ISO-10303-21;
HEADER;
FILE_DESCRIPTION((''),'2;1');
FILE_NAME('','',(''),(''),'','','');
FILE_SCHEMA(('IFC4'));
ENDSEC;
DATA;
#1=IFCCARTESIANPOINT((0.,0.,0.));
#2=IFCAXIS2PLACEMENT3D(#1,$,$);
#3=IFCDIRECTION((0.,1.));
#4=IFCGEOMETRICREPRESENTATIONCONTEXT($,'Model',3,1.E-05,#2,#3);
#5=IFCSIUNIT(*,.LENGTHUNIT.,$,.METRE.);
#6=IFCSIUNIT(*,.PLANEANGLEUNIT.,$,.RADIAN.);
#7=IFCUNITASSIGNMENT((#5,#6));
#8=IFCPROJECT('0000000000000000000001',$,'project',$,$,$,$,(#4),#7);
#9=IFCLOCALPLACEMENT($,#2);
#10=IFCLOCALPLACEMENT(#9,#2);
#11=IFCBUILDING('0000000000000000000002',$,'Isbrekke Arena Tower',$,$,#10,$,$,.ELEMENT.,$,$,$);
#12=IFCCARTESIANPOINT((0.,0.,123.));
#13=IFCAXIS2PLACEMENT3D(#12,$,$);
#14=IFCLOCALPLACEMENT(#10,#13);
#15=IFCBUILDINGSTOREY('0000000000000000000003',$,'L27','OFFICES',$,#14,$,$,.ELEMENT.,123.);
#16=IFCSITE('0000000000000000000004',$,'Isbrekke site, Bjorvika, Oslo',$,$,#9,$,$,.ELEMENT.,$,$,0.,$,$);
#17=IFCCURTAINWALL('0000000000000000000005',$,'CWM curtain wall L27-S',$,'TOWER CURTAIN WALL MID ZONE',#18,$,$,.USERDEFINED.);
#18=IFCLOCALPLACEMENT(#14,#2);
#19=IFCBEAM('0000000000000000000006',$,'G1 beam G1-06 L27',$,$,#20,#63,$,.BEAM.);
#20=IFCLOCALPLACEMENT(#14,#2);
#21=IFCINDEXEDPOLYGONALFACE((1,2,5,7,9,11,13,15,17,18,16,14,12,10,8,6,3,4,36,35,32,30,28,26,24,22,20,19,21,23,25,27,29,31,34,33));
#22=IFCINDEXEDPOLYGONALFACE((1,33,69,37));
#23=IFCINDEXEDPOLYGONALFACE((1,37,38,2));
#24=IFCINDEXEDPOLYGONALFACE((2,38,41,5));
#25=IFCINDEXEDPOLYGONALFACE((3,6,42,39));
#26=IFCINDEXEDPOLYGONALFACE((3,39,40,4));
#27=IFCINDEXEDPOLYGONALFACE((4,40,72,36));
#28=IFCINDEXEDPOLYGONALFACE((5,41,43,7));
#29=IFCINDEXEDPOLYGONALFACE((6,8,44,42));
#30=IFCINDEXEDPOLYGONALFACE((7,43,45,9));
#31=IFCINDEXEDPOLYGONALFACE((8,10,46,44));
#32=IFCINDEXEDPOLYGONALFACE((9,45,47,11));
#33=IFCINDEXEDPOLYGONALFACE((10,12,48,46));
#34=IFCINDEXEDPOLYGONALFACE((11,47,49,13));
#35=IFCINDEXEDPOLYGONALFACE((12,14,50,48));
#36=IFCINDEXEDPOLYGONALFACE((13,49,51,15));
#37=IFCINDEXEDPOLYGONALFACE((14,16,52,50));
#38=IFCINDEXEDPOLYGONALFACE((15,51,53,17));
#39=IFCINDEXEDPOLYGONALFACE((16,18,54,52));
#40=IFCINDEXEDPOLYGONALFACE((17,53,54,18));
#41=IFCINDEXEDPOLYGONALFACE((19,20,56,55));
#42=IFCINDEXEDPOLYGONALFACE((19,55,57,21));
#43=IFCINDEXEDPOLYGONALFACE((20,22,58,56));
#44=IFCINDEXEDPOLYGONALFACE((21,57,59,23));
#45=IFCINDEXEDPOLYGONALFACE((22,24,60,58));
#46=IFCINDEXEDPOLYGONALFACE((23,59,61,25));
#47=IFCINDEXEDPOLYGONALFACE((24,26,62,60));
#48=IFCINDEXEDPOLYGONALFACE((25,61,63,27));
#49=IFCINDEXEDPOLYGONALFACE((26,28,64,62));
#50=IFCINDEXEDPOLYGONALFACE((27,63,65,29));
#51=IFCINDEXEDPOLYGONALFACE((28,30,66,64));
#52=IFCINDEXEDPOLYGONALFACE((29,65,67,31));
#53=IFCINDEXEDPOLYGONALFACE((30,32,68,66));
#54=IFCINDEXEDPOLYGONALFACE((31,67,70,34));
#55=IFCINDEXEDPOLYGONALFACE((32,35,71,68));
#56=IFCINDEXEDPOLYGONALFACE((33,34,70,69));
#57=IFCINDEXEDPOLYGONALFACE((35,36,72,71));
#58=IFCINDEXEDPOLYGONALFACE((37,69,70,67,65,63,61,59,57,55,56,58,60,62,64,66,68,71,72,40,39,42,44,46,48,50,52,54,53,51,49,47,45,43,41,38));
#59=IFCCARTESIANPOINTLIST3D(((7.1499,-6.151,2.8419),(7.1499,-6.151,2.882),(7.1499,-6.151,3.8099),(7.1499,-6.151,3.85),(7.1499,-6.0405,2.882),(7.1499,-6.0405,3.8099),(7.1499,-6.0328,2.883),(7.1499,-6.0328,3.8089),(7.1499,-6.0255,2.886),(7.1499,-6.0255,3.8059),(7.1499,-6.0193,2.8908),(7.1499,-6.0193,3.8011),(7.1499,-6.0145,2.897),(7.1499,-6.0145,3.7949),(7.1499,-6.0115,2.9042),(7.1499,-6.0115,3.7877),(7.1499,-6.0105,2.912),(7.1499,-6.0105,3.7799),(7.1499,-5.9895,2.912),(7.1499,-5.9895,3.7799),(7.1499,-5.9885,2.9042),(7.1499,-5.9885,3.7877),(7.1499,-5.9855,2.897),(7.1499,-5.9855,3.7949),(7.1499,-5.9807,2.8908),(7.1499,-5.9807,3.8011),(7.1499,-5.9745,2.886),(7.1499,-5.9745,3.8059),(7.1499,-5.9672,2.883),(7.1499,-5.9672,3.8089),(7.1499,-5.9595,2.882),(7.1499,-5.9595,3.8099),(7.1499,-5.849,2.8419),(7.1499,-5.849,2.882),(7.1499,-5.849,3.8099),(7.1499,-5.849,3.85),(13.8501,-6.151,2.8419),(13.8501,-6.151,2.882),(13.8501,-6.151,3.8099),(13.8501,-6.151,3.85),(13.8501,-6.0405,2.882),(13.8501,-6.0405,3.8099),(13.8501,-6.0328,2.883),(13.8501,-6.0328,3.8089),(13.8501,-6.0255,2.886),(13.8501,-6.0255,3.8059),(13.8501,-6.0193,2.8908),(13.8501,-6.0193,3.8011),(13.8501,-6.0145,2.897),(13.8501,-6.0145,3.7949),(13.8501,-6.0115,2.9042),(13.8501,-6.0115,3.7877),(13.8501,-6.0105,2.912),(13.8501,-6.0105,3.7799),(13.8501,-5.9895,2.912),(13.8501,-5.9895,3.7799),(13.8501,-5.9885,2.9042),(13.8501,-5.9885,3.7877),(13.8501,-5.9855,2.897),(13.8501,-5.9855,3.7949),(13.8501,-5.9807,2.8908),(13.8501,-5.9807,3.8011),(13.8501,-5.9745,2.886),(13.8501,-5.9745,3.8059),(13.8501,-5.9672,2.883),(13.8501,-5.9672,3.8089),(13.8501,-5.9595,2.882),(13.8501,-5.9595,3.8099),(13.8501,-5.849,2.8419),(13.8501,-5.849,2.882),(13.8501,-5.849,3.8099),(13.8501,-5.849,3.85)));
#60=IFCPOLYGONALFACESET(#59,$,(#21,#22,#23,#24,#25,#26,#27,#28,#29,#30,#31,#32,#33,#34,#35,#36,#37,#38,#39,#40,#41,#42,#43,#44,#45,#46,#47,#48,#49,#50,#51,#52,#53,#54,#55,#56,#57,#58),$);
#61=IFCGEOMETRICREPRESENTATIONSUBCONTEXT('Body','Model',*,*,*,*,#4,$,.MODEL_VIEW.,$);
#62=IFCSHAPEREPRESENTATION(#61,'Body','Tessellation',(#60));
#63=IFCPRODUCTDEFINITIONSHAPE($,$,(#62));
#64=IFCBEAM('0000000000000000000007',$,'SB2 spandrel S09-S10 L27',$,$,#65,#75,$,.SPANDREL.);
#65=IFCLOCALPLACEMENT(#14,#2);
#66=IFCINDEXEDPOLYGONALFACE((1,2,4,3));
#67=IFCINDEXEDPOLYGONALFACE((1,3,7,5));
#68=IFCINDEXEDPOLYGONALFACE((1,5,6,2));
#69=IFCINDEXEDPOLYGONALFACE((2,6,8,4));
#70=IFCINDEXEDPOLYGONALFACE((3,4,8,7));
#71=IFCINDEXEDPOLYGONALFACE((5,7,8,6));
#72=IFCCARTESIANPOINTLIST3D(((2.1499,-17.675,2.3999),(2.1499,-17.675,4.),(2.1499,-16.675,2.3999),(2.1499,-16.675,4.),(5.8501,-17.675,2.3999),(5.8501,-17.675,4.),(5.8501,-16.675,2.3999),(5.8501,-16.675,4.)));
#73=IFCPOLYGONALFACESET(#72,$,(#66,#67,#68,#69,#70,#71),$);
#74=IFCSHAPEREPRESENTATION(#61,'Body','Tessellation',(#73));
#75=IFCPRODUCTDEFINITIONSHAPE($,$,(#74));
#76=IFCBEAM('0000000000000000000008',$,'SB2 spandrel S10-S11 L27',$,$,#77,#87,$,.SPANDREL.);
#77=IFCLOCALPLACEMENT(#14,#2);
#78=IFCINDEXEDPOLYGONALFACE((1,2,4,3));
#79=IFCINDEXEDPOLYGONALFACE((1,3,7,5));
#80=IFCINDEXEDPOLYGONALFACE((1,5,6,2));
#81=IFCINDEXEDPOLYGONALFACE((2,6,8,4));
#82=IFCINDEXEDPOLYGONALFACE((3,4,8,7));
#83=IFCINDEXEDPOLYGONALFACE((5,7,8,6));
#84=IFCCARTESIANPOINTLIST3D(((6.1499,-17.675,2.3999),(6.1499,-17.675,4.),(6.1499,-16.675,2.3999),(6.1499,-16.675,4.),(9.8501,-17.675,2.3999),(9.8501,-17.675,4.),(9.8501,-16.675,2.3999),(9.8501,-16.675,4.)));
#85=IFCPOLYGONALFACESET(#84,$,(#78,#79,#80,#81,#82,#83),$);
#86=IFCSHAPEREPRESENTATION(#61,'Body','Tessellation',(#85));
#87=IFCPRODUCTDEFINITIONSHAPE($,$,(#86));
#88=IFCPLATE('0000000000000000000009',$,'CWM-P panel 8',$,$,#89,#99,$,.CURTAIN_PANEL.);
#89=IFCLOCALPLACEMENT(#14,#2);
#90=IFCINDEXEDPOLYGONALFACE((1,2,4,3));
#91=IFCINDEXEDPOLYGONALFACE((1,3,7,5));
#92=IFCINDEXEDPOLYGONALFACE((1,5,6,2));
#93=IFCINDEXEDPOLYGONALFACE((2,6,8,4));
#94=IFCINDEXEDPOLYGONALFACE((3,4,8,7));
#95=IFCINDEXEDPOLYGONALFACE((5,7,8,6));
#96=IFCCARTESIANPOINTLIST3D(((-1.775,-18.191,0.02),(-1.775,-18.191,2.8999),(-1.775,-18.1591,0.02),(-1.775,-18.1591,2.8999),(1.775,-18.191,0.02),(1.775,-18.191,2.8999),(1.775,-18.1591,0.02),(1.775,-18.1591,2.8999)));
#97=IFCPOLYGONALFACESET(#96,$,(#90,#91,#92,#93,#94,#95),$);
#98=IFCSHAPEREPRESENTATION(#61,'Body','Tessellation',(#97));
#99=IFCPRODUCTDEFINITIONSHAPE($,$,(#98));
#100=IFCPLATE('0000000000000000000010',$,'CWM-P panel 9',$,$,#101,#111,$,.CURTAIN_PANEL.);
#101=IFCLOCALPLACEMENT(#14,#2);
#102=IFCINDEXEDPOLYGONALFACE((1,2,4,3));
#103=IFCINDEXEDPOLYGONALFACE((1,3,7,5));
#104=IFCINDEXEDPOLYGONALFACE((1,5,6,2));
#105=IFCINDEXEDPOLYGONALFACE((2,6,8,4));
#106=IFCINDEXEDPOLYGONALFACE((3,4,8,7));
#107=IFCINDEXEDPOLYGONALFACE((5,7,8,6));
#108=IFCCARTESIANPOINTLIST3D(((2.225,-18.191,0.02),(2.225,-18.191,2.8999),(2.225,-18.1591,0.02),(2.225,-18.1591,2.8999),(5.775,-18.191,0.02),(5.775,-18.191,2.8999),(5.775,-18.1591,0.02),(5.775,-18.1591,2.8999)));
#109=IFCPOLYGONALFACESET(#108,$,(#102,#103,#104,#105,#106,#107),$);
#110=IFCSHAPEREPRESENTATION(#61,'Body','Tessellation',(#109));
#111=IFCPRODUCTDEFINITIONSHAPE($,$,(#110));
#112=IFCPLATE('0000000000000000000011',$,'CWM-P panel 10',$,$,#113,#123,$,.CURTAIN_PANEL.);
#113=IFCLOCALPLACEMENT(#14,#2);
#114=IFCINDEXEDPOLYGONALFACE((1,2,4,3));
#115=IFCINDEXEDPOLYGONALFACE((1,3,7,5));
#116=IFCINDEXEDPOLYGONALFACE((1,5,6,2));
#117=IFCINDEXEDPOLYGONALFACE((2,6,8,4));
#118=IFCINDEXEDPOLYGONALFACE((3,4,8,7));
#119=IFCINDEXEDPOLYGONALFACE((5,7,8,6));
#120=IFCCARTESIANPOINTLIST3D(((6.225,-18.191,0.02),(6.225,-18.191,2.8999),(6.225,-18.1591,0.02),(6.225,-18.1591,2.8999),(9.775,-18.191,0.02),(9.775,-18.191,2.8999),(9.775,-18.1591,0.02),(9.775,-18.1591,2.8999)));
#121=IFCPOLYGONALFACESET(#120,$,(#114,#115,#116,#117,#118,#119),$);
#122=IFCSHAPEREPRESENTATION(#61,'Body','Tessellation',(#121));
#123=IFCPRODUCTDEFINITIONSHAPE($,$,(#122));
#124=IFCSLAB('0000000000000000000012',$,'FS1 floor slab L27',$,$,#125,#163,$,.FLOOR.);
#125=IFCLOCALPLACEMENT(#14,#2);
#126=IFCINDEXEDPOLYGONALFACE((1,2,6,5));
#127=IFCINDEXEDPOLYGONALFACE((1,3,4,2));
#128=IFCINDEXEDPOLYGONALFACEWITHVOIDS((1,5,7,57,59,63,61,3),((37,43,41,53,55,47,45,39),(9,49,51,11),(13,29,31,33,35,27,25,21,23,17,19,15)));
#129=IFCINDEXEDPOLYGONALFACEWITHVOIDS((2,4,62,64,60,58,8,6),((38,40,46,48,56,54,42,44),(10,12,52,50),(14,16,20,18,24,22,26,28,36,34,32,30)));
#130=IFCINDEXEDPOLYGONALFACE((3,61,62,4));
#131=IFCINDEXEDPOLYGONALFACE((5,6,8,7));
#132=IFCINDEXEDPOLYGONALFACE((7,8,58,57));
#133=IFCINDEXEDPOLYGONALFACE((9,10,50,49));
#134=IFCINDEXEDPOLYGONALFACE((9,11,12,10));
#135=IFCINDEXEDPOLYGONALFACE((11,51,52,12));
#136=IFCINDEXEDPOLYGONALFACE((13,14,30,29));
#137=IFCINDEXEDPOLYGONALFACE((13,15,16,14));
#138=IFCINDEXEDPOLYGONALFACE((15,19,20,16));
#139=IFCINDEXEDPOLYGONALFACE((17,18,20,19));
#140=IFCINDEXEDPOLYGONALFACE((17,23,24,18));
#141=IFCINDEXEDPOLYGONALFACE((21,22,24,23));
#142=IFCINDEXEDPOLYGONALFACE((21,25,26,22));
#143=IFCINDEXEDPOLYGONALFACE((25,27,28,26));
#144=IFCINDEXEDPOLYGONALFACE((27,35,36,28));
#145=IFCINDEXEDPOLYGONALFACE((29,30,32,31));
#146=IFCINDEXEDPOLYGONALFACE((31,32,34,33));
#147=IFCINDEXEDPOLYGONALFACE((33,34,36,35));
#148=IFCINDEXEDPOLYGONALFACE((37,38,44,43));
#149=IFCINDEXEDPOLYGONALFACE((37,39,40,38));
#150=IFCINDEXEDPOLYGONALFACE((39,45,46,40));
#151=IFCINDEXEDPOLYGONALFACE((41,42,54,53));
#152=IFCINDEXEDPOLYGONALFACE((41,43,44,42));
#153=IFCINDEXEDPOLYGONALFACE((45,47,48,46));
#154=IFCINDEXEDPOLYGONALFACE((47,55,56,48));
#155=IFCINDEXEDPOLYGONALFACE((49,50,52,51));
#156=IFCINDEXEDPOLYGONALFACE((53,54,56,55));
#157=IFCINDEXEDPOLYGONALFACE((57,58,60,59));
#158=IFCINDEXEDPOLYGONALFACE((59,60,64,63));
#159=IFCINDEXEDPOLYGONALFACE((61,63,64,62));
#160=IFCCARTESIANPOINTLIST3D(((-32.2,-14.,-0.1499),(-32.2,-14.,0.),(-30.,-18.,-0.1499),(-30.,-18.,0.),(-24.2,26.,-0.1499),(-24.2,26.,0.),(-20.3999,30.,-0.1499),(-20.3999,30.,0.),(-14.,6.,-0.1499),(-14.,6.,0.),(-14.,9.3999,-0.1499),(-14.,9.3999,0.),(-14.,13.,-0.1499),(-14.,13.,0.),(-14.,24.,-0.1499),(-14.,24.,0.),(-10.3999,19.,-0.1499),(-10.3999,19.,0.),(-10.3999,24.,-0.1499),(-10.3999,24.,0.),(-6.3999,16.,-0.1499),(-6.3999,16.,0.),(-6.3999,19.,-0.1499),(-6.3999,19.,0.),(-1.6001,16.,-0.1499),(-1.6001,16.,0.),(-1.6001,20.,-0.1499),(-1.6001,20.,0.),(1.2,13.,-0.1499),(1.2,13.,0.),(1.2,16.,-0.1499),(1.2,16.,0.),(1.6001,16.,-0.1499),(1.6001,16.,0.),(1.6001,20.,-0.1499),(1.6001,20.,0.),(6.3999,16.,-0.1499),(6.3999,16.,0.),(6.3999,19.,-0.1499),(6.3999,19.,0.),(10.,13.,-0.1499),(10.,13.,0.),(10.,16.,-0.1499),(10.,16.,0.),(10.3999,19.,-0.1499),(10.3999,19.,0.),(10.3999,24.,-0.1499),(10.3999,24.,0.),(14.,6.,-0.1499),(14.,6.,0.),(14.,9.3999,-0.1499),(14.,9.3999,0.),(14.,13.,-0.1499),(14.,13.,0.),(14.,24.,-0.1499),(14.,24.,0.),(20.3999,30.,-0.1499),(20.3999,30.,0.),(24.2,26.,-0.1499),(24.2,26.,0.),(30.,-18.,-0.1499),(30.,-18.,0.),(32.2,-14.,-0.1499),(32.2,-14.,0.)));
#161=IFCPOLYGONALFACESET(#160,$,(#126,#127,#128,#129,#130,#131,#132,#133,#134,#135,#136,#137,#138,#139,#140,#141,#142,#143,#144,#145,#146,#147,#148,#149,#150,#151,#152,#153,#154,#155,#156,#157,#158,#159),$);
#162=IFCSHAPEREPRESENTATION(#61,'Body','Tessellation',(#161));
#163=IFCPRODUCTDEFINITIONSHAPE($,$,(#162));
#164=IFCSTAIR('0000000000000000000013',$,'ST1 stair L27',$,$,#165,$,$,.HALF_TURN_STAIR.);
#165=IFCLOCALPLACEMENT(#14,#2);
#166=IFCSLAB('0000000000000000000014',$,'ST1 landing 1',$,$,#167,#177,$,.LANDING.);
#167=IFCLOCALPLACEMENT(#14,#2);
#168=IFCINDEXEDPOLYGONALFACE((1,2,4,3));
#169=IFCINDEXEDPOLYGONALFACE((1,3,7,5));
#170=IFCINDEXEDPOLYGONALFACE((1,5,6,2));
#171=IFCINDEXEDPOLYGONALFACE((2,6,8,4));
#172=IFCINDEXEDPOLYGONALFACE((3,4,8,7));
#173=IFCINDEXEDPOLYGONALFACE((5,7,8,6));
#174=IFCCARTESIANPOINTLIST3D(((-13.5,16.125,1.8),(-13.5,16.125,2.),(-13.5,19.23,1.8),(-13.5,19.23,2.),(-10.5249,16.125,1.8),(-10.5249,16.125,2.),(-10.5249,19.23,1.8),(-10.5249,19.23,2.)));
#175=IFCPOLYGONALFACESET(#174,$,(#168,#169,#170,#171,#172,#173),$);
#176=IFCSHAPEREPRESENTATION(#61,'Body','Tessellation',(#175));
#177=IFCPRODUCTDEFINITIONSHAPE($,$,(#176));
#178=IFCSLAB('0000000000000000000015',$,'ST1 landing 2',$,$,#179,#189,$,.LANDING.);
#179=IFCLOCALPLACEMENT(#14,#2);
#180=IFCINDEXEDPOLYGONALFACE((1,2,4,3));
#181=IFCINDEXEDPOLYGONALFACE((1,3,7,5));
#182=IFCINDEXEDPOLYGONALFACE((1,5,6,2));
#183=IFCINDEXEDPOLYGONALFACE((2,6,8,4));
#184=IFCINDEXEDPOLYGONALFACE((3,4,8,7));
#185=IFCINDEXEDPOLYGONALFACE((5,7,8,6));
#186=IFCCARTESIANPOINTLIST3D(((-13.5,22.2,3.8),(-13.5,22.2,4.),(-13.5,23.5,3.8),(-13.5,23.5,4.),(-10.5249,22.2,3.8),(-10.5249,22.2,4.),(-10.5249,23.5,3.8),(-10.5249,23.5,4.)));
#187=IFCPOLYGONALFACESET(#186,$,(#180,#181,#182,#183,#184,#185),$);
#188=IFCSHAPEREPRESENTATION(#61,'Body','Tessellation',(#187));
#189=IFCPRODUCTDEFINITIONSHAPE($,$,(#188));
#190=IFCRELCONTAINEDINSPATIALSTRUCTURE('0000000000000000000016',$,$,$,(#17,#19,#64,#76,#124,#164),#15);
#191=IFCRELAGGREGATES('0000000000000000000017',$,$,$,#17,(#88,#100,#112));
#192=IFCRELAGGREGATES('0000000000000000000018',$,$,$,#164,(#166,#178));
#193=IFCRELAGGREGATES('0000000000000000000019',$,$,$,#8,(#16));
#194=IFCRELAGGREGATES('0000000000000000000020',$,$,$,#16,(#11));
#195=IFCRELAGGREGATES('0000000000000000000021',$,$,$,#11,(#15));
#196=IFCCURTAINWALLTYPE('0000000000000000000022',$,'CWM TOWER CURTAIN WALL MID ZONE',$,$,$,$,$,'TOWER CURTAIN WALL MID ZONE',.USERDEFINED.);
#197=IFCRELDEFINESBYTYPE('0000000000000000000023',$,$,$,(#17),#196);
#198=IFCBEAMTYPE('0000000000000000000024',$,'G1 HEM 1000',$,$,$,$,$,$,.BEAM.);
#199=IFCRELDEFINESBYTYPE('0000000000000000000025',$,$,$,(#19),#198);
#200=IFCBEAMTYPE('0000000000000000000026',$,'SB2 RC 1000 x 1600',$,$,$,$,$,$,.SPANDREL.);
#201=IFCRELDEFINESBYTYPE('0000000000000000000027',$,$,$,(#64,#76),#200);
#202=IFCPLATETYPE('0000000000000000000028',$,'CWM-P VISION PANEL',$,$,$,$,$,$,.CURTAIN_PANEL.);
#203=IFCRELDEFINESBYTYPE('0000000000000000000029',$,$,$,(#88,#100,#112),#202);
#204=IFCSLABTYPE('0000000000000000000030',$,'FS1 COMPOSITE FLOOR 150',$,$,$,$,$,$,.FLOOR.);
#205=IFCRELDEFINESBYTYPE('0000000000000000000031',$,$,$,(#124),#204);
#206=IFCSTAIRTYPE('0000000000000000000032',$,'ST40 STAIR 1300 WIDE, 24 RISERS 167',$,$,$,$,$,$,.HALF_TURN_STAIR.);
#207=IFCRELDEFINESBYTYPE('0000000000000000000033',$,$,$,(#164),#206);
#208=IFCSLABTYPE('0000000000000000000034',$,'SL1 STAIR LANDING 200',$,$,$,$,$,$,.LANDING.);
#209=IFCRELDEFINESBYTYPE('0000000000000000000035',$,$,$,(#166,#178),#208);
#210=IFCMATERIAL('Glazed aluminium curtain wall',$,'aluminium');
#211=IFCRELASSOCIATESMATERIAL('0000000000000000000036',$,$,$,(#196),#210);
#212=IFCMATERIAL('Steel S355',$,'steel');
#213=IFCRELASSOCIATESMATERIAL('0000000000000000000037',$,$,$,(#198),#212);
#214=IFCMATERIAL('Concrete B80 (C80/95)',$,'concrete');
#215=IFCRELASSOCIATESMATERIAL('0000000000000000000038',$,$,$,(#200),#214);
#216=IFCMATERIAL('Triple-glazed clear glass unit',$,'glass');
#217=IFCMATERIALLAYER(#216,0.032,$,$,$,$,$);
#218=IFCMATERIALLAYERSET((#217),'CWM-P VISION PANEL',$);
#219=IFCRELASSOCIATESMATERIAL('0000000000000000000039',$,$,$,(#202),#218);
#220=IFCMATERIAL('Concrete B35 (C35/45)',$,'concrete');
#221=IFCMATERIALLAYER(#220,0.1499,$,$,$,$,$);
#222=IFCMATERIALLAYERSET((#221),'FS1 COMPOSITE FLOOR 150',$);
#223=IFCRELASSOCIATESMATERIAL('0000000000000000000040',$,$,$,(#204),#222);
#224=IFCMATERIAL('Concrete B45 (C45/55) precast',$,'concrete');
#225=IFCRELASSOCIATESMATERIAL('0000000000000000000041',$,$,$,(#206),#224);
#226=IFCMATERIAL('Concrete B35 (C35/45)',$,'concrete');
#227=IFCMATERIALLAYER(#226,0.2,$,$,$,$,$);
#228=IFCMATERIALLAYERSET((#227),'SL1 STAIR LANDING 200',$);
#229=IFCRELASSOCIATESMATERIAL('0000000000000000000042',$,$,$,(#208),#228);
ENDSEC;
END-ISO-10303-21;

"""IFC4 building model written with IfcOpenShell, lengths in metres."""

from ifc_helpers import new_model, si_unit, direction, frame, origin, origin_2d, place, context, subcontext, project, spatial, polyline, rectangle, i_section, outline, extrude, material, layer, layer_set, material_profile, profile_set, type_object, element, aggregate, save


model = new_model("IFC4")

# Units and contexts
model_context = context("Model", 3, precision=1e-05, world=origin(), true_north=direction((0.0, 1.0)))
body_context = subcontext(model_context, "Body", "Model", "MODEL_VIEW")
ifc_project = project(units=[si_unit("LENGTHUNIT", "METRE"), si_unit("PLANEANGLEUNIT", "RADIAN")], contexts=[model_context])

# Site, building, storey
site_placement = place(None, origin())
site = spatial("IfcSite", under=ifc_project, at=site_placement, Name="Isbrekke site, Bjorvika, Oslo", CompositionType="ELEMENT", RefElevation=0.0)
building_placement = place(site_placement, origin())
building = spatial("IfcBuilding", under=site, at=building_placement, Name="Isbrekke Arena Tower", CompositionType="ELEMENT")
storey_placement = place(building_placement, frame((0.0, 0.0, 123.0)))
storey = spatial("IfcBuildingStorey", under=building, at=storey_placement, Name="L27", Description="OFFICES", CompositionType="ELEMENT", Elevation=123.0)

# Curtain wall
ifc_material_1 = material(Name="Glazed aluminium curtain wall", Category="aluminium")
curtain_wall_type = type_object("IfcCurtainWallType", Name="CWM TOWER CURTAIN WALL MID ZONE", ElementType="TOWER CURTAIN WALL MID ZONE", PredefinedType="USERDEFINED", material=ifc_material_1)
curtain_wall_placement = place(storey_placement, origin())
curtain_wall = element("IfcCurtainWall", 1, at=curtain_wall_placement, inside=storey, type_object=curtain_wall_type, Name="CWM curtain wall L27-S", ObjectType="TOWER CURTAIN WALL MID ZONE", PredefinedType="USERDEFINED")

# Beams
ifc_material_2 = material(Name="Steel S355", Category="steel")
ifc_material_profile_1 = material_profile(ifc_material_2, i_section(OverallWidth=0.302, OverallDepth=1.0081, WebThickness=0.021, FlangeThickness=0.04, FilletRadius=0.03, at=origin_2d()), Name="HEM 1000")
ifc_profile_set_1 = profile_set([ifc_material_profile_1], Name="Steel S355")
beam_type_1 = type_object("IfcBeamType", Name="G1 HEM 1000", PredefinedType="BEAM", material=ifc_profile_set_1)
for number, where, z_axis, x_axis, name in (
    (2, (7.1499, -6.0, 3.3459), (1.0, 0.0, 0.0), (0.0, 1.0, 0.0), "G1 beam G1-06 L27"),
):
    element("IfcBeam", number, at=place(storey_placement, frame(where, z_axis=z_axis, x_axis=x_axis)), inside=storey, type_object=beam_type_1, Name=name, PredefinedType="BEAM", context=body_context, shape_type="SweptSolid", body=[
        extrude(i_section(OverallWidth=0.302, OverallDepth=1.0081, WebThickness=0.021, FlangeThickness=0.04, FilletRadius=0.03, at=origin_2d()), origin(), (0.0, 0.0, 1.0), 6.7002),
    ])
ifc_material_3 = material(Name="Concrete B80 (C80/95)", Category="concrete")
ifc_material_profile_2 = material_profile(ifc_material_3, rectangle(XDim=1.0, YDim=1.6001, at=origin_2d()), Name="RC 1000x1600")
ifc_profile_set_2 = profile_set([ifc_material_profile_2], Name="Concrete B80 (C80/95)")
beam_type_2 = type_object("IfcBeamType", Name="SB2 RC 1000 x 1600", PredefinedType="SPANDREL", material=ifc_profile_set_2)
for number, where, z_axis, x_axis, name in (
    (3, (2.1499, -17.175, 3.2), (1.0, 0.0, 0.0), (0.0, 1.0, 0.0), "SB2 spandrel S09-S10 L27"),
    (4, (6.1499, -17.175, 3.2), (1.0, 0.0, 0.0), (0.0, 1.0, 0.0), "SB2 spandrel S10-S11 L27"),
):
    element("IfcBeam", number, at=place(storey_placement, frame(where, z_axis=z_axis, x_axis=x_axis)), inside=storey, type_object=beam_type_2, Name=name, PredefinedType="SPANDREL", context=body_context, shape_type="SweptSolid", body=[
        extrude(rectangle(XDim=1.0, YDim=1.6001, at=origin_2d()), origin(), (0.0, 0.0, 1.0), 3.7002),
    ])

# Plates
ifc_material_4 = material(Name="Triple-glazed clear glass unit", Category="glass")
ifc_layer_1 = layer(ifc_material_4, 0.032)
ifc_layer_set_1 = layer_set([ifc_layer_1], Name="CWM-P VISION PANEL")
plate_type = type_object("IfcPlateType", Name="CWM-P VISION PANEL", PredefinedType="CURTAIN_PANEL", material=ifc_layer_set_1)
plate_1_placement = place(storey_placement, frame((0.0, -18.175, 0.02), z_axis=(0.0, 0.0, 1.0), x_axis=(1.0, 0.0, 0.0)))
plate_1 = element("IfcPlate", 5, at=plate_1_placement, type_object=plate_type, Name="CWM-P panel 8", PredefinedType="CURTAIN_PANEL", context=body_context, shape_type="SweptSolid", body=[
    extrude(rectangle(XDim=3.55, YDim=0.032, at=origin_2d()), origin(), (0.0, 0.0, 1.0), 2.8799),
])
plate_2_placement = place(storey_placement, frame((4.0, -18.175, 0.02), z_axis=(0.0, 0.0, 1.0), x_axis=(1.0, 0.0, 0.0)))
plate_2 = element("IfcPlate", 6, at=plate_2_placement, type_object=plate_type, Name="CWM-P panel 9", PredefinedType="CURTAIN_PANEL", context=body_context, shape_type="SweptSolid", body=[
    extrude(rectangle(XDim=3.55, YDim=0.032, at=origin_2d()), origin(), (0.0, 0.0, 1.0), 2.8799),
])
plate_3_placement = place(storey_placement, frame((8.0, -18.175, 0.02), z_axis=(0.0, 0.0, 1.0), x_axis=(1.0, 0.0, 0.0)))
plate_3 = element("IfcPlate", 7, at=plate_3_placement, type_object=plate_type, Name="CWM-P panel 10", PredefinedType="CURTAIN_PANEL", context=body_context, shape_type="SweptSolid", body=[
    extrude(rectangle(XDim=3.55, YDim=0.032, at=origin_2d()), origin(), (0.0, 0.0, 1.0), 2.8799),
])
aggregate(curtain_wall, [plate_1, plate_2, plate_3])

# Slab
ifc_material_5 = material(Name="Concrete B35 (C35/45)", Category="concrete")
ifc_layer_2 = layer(ifc_material_5, 0.1499)
ifc_layer_set_2 = layer_set([ifc_layer_2], Name="FS1 COMPOSITE FLOOR 150")
slab_type_1 = type_object("IfcSlabType", Name="FS1 COMPOSITE FLOOR 150", PredefinedType="FLOOR", material=ifc_layer_set_2)
slab_1_placement = place(storey_placement, frame((0.0, 0.0, -0.1499)))
element("IfcSlab", 8, at=slab_1_placement, inside=storey, type_object=slab_type_1, Name="FS1 floor slab L27", PredefinedType="FLOOR", context=body_context, shape_type="SweptSolid", body=[
    extrude(outline(polyline([(-30.0, -18.0), (30.0, -18.0), (32.2, -14.0), (24.2, 26.0), (20.3999, 30.0), (-20.3999, 30.0), (-24.2, 26.0), (-32.2, -14.0), (-30.0, -18.0)]), holes=[polyline([(14.0, 9.3999), (14.0, 6.0), (-14.0, 6.0), (-14.0, 9.3999), (14.0, 9.3999)]), polyline([(-6.3999, 19.0), (-6.3999, 16.0), (-1.6001, 16.0), (-1.6001, 20.0), (1.6001, 20.0), (1.6001, 16.0), (1.2, 16.0), (1.2, 13.0), (-14.0, 13.0), (-14.0, 24.0), (-10.3999, 24.0), (-10.3999, 19.0), (-6.3999, 19.0)]), polyline([(10.0, 13.0), (10.0, 16.0), (6.3999, 16.0), (6.3999, 19.0), (10.3999, 19.0), (10.3999, 24.0), (14.0, 24.0), (14.0, 13.0), (10.0, 13.0)])]), origin(), (0.0, 0.0, 1.0), 0.1499),
])

# Stair, slabs
ifc_material_6 = material(Name="Concrete B45 (C45/55) precast", Category="concrete")
stair_type = type_object("IfcStairType", Name="ST40 STAIR 1300 WIDE, 24 RISERS 167", PredefinedType="HALF_TURN_STAIR", material=ifc_material_6)
stair_1_placement = place(storey_placement, origin())
stair_1 = element("IfcStair", 9, at=stair_1_placement, inside=storey, type_object=stair_type, Name="ST1 stair L27", PredefinedType="HALF_TURN_STAIR")
ifc_material_7 = material(Name="Concrete B35 (C35/45)", Category="concrete")
ifc_layer_3 = layer(ifc_material_7, 0.2)
ifc_layer_set_3 = layer_set([ifc_layer_3], Name="SL1 STAIR LANDING 200")
slab_type_2 = type_object("IfcSlabType", Name="SL1 STAIR LANDING 200", PredefinedType="LANDING", material=ifc_layer_set_3)
slab_2_placement = place(storey_placement, frame((0.0, 0.0, 1.8)))
slab_2 = element("IfcSlab", 10, at=slab_2_placement, type_object=slab_type_2, Name="ST1 landing 1", PredefinedType="LANDING", context=body_context, shape_type="SweptSolid", body=[
    extrude(outline(polyline([(-13.5, 16.125), (-10.5249, 16.125), (-10.5249, 19.23), (-13.5, 19.23), (-13.5, 16.125)])), origin(), (0.0, 0.0, 1.0), 0.2),
])
slab_3_placement = place(storey_placement, frame((0.0, 0.0, 3.8)))
slab_3 = element("IfcSlab", 11, at=slab_3_placement, type_object=slab_type_2, Name="ST1 landing 2", PredefinedType="LANDING", context=body_context, shape_type="SweptSolid", body=[
    extrude(outline(polyline([(-13.5, 22.2), (-10.5249, 22.2), (-10.5249, 23.5), (-13.5, 23.5), (-13.5, 22.2)])), origin(), (0.0, 0.0, 1.0), 0.2),
])
aggregate(stair_1, [slab_2, slab_3])

save(model, "model.ifc")
